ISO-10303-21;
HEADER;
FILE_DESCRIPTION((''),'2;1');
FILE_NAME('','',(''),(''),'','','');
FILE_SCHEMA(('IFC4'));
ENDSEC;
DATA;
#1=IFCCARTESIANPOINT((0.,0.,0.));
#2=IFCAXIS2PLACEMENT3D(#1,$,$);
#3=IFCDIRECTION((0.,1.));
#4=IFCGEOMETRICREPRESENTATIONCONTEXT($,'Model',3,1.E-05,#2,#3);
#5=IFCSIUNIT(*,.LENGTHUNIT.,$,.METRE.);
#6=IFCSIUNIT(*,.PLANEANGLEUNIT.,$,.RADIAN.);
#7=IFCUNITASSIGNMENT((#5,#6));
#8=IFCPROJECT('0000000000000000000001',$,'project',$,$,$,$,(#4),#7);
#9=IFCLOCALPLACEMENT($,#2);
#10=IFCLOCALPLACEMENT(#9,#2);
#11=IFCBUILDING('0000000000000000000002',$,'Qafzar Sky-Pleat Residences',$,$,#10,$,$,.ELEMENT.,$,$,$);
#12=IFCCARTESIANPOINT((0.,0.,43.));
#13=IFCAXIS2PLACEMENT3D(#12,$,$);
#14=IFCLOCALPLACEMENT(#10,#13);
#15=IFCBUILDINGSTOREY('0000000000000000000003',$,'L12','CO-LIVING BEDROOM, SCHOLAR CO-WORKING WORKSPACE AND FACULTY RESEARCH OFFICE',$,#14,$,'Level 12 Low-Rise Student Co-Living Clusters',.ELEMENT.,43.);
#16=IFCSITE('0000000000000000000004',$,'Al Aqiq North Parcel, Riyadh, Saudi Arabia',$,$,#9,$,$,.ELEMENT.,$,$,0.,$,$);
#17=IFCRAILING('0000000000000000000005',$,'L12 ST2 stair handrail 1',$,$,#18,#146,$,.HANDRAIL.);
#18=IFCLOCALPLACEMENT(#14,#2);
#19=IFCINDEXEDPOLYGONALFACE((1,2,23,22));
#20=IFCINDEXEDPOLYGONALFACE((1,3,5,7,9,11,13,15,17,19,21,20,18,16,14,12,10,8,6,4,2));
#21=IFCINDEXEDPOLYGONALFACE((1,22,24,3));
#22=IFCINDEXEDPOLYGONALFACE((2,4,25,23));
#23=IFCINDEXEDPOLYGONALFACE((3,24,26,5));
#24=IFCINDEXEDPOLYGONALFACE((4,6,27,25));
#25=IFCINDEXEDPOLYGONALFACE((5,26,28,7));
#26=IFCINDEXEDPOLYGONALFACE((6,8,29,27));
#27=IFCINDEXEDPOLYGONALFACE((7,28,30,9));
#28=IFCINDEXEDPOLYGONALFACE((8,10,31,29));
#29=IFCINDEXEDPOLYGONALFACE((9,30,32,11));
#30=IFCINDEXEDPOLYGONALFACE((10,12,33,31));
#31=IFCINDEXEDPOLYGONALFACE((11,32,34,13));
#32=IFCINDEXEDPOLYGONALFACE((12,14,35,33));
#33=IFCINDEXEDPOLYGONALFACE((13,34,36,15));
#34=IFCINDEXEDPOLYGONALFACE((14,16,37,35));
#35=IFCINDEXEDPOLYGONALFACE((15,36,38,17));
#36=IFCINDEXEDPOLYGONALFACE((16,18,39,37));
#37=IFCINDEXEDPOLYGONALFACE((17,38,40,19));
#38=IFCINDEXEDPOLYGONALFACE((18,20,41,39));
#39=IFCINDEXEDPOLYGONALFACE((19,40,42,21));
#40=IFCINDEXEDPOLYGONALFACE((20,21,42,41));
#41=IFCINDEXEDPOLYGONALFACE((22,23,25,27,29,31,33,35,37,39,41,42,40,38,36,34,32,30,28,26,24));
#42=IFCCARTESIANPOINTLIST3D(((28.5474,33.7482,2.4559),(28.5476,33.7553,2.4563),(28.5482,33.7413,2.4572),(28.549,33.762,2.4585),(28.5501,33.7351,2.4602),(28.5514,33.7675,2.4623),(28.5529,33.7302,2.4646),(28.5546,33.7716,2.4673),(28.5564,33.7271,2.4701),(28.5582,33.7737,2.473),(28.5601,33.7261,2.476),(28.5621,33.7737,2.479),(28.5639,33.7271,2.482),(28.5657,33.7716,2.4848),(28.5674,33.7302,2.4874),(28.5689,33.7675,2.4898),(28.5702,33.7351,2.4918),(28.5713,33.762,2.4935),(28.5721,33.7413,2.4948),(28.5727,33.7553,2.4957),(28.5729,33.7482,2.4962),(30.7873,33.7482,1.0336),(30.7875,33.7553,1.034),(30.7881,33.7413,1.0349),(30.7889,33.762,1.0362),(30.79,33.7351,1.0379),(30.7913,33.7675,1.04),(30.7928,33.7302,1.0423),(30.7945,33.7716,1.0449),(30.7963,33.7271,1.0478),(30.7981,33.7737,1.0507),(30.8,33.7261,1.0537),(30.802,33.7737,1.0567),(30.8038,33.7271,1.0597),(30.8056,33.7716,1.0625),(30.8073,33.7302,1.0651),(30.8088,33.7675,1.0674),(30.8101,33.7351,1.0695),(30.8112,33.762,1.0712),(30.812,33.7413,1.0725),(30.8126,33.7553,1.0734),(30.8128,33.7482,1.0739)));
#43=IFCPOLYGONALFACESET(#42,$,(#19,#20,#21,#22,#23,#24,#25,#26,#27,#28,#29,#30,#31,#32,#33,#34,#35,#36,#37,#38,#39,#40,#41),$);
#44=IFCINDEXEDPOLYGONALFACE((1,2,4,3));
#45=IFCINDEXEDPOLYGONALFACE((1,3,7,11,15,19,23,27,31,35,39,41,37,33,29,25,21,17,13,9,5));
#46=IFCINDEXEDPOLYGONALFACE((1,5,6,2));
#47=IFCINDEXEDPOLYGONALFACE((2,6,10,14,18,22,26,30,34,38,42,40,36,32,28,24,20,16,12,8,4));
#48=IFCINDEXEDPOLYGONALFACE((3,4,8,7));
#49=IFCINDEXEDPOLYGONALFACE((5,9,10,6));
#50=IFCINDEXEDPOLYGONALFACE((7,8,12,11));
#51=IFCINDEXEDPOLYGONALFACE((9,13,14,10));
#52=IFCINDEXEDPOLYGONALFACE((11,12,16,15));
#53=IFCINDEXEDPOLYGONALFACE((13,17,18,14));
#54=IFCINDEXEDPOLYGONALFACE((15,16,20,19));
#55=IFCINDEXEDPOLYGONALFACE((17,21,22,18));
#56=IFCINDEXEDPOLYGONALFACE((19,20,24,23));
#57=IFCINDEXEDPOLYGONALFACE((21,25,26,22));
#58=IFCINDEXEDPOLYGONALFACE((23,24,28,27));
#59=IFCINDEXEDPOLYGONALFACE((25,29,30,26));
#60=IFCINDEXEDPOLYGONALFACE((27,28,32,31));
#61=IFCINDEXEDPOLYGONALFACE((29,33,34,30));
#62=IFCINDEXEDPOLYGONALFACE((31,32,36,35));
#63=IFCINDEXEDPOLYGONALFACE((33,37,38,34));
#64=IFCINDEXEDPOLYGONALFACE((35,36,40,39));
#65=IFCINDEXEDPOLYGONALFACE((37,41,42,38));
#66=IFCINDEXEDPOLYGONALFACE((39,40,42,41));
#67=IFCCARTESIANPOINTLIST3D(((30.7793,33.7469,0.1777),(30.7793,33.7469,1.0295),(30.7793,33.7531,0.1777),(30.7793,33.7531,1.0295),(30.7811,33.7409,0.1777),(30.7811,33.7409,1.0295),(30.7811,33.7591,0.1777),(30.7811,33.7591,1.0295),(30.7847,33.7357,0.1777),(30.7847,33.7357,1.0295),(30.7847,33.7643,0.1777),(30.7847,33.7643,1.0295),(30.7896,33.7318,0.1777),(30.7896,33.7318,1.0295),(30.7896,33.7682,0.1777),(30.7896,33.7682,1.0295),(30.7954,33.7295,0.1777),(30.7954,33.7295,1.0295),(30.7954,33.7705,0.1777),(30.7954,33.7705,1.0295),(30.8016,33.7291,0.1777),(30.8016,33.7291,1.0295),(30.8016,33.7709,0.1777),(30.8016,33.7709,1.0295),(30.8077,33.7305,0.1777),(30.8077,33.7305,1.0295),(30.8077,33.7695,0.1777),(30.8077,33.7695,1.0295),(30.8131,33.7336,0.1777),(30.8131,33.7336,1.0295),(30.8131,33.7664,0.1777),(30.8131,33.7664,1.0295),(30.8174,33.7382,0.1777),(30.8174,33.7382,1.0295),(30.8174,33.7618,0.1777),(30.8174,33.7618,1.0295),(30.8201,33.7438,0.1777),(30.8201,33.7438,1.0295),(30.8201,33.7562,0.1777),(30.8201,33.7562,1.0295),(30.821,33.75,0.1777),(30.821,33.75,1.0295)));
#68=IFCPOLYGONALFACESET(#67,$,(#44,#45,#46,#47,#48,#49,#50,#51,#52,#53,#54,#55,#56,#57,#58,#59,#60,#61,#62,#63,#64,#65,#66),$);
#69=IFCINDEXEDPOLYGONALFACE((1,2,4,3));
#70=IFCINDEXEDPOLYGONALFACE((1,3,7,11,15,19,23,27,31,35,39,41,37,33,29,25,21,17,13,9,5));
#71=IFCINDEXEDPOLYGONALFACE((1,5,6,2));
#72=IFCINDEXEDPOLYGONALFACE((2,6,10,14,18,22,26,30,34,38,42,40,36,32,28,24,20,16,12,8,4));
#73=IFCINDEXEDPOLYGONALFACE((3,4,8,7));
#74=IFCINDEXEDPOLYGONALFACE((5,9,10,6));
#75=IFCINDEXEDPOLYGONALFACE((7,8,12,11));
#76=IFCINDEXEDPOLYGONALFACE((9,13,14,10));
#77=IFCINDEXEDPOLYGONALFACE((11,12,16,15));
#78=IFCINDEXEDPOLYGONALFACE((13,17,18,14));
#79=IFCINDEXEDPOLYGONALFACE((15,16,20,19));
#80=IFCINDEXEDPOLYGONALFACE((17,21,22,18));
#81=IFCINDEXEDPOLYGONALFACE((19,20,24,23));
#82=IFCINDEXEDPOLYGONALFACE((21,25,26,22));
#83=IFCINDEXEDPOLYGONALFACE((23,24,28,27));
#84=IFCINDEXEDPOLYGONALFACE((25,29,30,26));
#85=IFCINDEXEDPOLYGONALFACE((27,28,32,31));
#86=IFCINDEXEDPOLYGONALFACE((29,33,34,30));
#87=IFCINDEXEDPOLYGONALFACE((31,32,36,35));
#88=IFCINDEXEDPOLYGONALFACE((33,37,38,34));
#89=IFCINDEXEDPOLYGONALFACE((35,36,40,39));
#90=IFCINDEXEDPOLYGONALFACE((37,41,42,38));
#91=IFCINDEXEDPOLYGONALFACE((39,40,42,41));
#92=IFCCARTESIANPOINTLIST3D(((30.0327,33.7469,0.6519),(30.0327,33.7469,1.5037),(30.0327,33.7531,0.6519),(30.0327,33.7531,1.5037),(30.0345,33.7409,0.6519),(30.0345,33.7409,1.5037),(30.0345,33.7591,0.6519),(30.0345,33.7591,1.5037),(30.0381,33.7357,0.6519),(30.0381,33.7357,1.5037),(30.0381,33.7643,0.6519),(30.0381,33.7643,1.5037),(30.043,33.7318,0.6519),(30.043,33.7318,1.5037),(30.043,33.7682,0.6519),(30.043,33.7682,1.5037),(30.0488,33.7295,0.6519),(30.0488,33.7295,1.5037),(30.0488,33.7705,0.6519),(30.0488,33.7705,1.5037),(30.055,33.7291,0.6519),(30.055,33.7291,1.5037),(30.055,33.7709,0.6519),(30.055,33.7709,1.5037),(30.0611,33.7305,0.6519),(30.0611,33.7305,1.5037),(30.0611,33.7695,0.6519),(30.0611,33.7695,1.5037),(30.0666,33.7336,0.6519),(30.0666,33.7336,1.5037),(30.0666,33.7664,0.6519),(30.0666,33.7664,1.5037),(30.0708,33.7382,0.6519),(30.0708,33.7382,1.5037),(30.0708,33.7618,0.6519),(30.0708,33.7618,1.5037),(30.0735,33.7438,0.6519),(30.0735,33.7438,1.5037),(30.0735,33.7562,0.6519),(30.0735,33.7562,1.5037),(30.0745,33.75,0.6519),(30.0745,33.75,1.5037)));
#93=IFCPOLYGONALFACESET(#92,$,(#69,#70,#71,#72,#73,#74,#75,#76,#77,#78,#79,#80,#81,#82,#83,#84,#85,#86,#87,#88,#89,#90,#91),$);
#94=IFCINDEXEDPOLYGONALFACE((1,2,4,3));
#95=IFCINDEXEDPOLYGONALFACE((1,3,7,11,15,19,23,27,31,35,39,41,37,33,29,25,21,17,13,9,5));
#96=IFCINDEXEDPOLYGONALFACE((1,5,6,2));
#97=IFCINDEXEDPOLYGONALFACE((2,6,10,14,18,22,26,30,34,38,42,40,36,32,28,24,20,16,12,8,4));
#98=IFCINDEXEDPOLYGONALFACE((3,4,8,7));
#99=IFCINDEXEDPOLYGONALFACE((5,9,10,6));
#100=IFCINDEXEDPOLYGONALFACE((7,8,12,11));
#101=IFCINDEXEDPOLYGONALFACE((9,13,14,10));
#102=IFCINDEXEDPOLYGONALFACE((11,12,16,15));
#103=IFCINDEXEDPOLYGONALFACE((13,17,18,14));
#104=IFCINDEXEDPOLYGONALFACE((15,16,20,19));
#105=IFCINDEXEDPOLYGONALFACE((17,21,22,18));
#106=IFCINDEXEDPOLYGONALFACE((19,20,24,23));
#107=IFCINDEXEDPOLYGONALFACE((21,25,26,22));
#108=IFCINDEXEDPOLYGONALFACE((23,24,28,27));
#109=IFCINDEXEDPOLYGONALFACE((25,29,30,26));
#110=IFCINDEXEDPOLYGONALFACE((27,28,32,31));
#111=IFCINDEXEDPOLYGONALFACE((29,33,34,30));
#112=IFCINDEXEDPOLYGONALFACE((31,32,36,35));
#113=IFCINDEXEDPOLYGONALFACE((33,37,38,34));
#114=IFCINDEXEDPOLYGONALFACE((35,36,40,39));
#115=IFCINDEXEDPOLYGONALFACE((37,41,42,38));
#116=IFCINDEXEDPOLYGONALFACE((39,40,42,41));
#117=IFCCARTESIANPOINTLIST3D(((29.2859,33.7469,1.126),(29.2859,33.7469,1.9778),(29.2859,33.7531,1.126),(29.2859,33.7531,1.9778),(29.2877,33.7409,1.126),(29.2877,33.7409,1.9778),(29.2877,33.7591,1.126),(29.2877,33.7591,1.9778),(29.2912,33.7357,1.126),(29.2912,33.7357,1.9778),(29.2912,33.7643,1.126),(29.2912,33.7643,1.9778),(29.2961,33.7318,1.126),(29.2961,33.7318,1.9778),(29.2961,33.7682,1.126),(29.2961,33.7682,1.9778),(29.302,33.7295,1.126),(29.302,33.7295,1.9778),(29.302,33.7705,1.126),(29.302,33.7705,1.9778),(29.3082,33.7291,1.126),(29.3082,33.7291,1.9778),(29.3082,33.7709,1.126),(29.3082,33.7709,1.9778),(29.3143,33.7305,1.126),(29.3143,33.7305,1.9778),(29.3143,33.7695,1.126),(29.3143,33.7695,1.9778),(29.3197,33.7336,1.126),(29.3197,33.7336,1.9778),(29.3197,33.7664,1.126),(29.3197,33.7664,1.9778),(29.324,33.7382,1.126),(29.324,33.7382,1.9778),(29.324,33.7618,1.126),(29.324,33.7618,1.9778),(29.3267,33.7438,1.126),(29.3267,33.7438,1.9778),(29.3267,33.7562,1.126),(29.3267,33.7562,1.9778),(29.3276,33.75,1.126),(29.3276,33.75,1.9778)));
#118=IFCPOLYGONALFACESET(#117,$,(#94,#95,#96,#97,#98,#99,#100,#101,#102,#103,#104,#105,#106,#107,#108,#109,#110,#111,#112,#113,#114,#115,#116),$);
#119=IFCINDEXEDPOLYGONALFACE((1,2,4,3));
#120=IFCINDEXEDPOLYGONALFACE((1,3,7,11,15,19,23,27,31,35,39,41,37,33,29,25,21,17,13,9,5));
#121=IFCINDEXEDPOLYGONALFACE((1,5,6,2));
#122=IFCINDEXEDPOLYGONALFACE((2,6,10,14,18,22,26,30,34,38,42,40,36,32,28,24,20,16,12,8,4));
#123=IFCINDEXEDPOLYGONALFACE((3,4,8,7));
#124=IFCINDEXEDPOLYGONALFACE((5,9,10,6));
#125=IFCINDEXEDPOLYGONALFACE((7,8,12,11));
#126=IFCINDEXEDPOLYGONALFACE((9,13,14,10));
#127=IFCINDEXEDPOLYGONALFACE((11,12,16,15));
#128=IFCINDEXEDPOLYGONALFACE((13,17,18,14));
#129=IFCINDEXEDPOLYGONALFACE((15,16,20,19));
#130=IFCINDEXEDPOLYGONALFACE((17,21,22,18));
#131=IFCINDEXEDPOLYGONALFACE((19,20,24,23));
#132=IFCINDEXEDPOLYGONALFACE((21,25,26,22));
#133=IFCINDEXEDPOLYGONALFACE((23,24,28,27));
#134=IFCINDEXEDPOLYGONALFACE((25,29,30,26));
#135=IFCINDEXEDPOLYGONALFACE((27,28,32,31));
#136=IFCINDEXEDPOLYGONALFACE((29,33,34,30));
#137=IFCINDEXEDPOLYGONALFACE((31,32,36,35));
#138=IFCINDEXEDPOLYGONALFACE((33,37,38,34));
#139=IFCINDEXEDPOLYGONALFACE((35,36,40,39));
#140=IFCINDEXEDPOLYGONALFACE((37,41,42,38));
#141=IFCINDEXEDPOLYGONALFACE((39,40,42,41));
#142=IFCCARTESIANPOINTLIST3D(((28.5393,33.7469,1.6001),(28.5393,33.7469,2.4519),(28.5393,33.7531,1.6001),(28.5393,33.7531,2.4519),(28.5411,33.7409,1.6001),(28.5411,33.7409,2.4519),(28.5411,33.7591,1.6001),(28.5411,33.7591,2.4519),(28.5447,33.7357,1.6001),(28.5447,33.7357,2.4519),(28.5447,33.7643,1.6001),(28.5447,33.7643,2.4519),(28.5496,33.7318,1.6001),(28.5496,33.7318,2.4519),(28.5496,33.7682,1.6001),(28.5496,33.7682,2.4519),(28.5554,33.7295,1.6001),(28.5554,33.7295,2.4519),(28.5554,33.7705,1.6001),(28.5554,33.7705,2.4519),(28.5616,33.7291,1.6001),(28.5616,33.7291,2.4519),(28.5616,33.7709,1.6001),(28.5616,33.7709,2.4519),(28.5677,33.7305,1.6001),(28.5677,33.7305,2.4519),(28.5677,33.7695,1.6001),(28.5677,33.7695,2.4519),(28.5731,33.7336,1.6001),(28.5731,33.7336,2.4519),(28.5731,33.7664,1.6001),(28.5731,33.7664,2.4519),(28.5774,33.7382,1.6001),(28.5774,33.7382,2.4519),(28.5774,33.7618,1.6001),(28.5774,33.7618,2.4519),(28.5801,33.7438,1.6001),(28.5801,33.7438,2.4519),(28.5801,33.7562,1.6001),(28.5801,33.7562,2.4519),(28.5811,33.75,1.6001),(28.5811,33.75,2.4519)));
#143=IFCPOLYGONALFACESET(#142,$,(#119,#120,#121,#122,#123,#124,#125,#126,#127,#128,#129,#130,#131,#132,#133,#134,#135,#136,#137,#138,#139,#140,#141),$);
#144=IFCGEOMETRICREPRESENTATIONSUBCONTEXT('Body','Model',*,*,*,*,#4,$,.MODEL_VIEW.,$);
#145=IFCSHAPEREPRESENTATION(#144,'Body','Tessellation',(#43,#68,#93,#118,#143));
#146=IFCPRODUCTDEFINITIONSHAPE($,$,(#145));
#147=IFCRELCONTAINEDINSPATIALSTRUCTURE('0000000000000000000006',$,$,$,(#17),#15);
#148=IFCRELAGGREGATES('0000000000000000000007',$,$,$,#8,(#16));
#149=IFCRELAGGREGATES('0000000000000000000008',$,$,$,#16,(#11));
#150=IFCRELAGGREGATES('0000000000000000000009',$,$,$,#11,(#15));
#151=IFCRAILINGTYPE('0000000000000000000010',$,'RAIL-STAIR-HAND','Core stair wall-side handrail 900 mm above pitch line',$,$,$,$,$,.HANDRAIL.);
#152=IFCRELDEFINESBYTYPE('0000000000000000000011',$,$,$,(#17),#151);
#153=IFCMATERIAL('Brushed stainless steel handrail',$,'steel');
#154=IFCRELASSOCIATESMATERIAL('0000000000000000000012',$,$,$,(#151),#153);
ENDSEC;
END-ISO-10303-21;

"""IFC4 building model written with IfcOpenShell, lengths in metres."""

from ifc_helpers import new_model, si_unit, direction, frame, origin, origin_2d, place, context, subcontext, project, spatial, circle, extrude, source, transform, mapped, material, type_object, element, save


model = new_model("IFC4")

# Units and contexts
model_context = context("Model", 3, precision=1e-05, world=origin(), true_north=direction((0.0, 1.0)))
body_context = subcontext(model_context, "Body", "Model", "MODEL_VIEW")
ifc_project = project(units=[si_unit("LENGTHUNIT", "METRE"), si_unit("PLANEANGLEUNIT", "RADIAN")], contexts=[model_context])

# Site, building, storey
site_placement = place(None, origin())
site = spatial("IfcSite", under=ifc_project, at=site_placement, Name="Al Aqiq North Parcel, Riyadh, Saudi Arabia", CompositionType="ELEMENT", RefElevation=0.0)
building_placement = place(site_placement, origin())
building = spatial("IfcBuilding", under=site, at=building_placement, Name="Qafzar Sky-Pleat Residences", CompositionType="ELEMENT")
storey_placement = place(building_placement, frame((0.0, 0.0, 43.0)))
storey = spatial("IfcBuildingStorey", under=building, at=storey_placement, Name="L12", Description="CO-LIVING BEDROOM, SCHOLAR CO-WORKING WORKSPACE AND FACULTY RESEARCH OFFICE", LongName="Level 12 Low-Rise Student Co-Living Clusters", CompositionType="ELEMENT", Elevation=43.0)

# Railing
ifc_material_1 = material(Name="Brushed stainless steel handrail", Category="steel")
railing_type_1 = type_object("IfcRailingType", Name="RAIL-STAIR-HAND", Description="Core stair wall-side handrail 900 mm above pitch line", PredefinedType="HANDRAIL", material=ifc_material_1)
shared_shape_1 = source(origin(), body_context, "Body", "SweptSolid", [
    extrude(circle(Radius=0.0239, at=origin_2d()), frame((0.0, 0.0, 0.876), z_axis=(-0.844188, 0.0, 0.536048), x_axis=(0.0, -1.0, 0.0)), (0.0, 0.0, 1.0), 2.6533),
    extrude(circle(Radius=0.021, at=origin_2d()), origin(), (0.0, 0.0, 1.0), 0.8518),
    extrude(circle(Radius=0.021, at=origin_2d()), frame((-0.7466, 0.0, 0.4741)), (0.0, 0.0, 1.0), 0.8518),
    extrude(circle(Radius=0.021, at=origin_2d()), frame((-1.4934, 0.0, 0.9482)), (0.0, 0.0, 1.0), 0.8518),
    extrude(circle(Radius=0.021, at=origin_2d()), frame((-2.24, 0.0, 1.4224)), (0.0, 0.0, 1.0), 0.8518),
])
railing_1_placement = place(storey_placement, frame((30.8, 33.75, 0.1777)))
element("IfcRailing", 1, at=railing_1_placement, inside=storey, type_object=railing_type_1, Name="L12 ST2 stair handrail 1", PredefinedType="HANDRAIL", context=body_context, shape_type="MappedRepresentation", body=[
    mapped(shared_shape_1, transform((0.0, 0.0, 0.0), x_axis=(1.0, 0.0, 0.0), y_axis=(0.0, 1.0, 0.0), z_axis=(0.0, 0.0, 1.0), scale=1.0)),
])

save(model, "model.ifc")
